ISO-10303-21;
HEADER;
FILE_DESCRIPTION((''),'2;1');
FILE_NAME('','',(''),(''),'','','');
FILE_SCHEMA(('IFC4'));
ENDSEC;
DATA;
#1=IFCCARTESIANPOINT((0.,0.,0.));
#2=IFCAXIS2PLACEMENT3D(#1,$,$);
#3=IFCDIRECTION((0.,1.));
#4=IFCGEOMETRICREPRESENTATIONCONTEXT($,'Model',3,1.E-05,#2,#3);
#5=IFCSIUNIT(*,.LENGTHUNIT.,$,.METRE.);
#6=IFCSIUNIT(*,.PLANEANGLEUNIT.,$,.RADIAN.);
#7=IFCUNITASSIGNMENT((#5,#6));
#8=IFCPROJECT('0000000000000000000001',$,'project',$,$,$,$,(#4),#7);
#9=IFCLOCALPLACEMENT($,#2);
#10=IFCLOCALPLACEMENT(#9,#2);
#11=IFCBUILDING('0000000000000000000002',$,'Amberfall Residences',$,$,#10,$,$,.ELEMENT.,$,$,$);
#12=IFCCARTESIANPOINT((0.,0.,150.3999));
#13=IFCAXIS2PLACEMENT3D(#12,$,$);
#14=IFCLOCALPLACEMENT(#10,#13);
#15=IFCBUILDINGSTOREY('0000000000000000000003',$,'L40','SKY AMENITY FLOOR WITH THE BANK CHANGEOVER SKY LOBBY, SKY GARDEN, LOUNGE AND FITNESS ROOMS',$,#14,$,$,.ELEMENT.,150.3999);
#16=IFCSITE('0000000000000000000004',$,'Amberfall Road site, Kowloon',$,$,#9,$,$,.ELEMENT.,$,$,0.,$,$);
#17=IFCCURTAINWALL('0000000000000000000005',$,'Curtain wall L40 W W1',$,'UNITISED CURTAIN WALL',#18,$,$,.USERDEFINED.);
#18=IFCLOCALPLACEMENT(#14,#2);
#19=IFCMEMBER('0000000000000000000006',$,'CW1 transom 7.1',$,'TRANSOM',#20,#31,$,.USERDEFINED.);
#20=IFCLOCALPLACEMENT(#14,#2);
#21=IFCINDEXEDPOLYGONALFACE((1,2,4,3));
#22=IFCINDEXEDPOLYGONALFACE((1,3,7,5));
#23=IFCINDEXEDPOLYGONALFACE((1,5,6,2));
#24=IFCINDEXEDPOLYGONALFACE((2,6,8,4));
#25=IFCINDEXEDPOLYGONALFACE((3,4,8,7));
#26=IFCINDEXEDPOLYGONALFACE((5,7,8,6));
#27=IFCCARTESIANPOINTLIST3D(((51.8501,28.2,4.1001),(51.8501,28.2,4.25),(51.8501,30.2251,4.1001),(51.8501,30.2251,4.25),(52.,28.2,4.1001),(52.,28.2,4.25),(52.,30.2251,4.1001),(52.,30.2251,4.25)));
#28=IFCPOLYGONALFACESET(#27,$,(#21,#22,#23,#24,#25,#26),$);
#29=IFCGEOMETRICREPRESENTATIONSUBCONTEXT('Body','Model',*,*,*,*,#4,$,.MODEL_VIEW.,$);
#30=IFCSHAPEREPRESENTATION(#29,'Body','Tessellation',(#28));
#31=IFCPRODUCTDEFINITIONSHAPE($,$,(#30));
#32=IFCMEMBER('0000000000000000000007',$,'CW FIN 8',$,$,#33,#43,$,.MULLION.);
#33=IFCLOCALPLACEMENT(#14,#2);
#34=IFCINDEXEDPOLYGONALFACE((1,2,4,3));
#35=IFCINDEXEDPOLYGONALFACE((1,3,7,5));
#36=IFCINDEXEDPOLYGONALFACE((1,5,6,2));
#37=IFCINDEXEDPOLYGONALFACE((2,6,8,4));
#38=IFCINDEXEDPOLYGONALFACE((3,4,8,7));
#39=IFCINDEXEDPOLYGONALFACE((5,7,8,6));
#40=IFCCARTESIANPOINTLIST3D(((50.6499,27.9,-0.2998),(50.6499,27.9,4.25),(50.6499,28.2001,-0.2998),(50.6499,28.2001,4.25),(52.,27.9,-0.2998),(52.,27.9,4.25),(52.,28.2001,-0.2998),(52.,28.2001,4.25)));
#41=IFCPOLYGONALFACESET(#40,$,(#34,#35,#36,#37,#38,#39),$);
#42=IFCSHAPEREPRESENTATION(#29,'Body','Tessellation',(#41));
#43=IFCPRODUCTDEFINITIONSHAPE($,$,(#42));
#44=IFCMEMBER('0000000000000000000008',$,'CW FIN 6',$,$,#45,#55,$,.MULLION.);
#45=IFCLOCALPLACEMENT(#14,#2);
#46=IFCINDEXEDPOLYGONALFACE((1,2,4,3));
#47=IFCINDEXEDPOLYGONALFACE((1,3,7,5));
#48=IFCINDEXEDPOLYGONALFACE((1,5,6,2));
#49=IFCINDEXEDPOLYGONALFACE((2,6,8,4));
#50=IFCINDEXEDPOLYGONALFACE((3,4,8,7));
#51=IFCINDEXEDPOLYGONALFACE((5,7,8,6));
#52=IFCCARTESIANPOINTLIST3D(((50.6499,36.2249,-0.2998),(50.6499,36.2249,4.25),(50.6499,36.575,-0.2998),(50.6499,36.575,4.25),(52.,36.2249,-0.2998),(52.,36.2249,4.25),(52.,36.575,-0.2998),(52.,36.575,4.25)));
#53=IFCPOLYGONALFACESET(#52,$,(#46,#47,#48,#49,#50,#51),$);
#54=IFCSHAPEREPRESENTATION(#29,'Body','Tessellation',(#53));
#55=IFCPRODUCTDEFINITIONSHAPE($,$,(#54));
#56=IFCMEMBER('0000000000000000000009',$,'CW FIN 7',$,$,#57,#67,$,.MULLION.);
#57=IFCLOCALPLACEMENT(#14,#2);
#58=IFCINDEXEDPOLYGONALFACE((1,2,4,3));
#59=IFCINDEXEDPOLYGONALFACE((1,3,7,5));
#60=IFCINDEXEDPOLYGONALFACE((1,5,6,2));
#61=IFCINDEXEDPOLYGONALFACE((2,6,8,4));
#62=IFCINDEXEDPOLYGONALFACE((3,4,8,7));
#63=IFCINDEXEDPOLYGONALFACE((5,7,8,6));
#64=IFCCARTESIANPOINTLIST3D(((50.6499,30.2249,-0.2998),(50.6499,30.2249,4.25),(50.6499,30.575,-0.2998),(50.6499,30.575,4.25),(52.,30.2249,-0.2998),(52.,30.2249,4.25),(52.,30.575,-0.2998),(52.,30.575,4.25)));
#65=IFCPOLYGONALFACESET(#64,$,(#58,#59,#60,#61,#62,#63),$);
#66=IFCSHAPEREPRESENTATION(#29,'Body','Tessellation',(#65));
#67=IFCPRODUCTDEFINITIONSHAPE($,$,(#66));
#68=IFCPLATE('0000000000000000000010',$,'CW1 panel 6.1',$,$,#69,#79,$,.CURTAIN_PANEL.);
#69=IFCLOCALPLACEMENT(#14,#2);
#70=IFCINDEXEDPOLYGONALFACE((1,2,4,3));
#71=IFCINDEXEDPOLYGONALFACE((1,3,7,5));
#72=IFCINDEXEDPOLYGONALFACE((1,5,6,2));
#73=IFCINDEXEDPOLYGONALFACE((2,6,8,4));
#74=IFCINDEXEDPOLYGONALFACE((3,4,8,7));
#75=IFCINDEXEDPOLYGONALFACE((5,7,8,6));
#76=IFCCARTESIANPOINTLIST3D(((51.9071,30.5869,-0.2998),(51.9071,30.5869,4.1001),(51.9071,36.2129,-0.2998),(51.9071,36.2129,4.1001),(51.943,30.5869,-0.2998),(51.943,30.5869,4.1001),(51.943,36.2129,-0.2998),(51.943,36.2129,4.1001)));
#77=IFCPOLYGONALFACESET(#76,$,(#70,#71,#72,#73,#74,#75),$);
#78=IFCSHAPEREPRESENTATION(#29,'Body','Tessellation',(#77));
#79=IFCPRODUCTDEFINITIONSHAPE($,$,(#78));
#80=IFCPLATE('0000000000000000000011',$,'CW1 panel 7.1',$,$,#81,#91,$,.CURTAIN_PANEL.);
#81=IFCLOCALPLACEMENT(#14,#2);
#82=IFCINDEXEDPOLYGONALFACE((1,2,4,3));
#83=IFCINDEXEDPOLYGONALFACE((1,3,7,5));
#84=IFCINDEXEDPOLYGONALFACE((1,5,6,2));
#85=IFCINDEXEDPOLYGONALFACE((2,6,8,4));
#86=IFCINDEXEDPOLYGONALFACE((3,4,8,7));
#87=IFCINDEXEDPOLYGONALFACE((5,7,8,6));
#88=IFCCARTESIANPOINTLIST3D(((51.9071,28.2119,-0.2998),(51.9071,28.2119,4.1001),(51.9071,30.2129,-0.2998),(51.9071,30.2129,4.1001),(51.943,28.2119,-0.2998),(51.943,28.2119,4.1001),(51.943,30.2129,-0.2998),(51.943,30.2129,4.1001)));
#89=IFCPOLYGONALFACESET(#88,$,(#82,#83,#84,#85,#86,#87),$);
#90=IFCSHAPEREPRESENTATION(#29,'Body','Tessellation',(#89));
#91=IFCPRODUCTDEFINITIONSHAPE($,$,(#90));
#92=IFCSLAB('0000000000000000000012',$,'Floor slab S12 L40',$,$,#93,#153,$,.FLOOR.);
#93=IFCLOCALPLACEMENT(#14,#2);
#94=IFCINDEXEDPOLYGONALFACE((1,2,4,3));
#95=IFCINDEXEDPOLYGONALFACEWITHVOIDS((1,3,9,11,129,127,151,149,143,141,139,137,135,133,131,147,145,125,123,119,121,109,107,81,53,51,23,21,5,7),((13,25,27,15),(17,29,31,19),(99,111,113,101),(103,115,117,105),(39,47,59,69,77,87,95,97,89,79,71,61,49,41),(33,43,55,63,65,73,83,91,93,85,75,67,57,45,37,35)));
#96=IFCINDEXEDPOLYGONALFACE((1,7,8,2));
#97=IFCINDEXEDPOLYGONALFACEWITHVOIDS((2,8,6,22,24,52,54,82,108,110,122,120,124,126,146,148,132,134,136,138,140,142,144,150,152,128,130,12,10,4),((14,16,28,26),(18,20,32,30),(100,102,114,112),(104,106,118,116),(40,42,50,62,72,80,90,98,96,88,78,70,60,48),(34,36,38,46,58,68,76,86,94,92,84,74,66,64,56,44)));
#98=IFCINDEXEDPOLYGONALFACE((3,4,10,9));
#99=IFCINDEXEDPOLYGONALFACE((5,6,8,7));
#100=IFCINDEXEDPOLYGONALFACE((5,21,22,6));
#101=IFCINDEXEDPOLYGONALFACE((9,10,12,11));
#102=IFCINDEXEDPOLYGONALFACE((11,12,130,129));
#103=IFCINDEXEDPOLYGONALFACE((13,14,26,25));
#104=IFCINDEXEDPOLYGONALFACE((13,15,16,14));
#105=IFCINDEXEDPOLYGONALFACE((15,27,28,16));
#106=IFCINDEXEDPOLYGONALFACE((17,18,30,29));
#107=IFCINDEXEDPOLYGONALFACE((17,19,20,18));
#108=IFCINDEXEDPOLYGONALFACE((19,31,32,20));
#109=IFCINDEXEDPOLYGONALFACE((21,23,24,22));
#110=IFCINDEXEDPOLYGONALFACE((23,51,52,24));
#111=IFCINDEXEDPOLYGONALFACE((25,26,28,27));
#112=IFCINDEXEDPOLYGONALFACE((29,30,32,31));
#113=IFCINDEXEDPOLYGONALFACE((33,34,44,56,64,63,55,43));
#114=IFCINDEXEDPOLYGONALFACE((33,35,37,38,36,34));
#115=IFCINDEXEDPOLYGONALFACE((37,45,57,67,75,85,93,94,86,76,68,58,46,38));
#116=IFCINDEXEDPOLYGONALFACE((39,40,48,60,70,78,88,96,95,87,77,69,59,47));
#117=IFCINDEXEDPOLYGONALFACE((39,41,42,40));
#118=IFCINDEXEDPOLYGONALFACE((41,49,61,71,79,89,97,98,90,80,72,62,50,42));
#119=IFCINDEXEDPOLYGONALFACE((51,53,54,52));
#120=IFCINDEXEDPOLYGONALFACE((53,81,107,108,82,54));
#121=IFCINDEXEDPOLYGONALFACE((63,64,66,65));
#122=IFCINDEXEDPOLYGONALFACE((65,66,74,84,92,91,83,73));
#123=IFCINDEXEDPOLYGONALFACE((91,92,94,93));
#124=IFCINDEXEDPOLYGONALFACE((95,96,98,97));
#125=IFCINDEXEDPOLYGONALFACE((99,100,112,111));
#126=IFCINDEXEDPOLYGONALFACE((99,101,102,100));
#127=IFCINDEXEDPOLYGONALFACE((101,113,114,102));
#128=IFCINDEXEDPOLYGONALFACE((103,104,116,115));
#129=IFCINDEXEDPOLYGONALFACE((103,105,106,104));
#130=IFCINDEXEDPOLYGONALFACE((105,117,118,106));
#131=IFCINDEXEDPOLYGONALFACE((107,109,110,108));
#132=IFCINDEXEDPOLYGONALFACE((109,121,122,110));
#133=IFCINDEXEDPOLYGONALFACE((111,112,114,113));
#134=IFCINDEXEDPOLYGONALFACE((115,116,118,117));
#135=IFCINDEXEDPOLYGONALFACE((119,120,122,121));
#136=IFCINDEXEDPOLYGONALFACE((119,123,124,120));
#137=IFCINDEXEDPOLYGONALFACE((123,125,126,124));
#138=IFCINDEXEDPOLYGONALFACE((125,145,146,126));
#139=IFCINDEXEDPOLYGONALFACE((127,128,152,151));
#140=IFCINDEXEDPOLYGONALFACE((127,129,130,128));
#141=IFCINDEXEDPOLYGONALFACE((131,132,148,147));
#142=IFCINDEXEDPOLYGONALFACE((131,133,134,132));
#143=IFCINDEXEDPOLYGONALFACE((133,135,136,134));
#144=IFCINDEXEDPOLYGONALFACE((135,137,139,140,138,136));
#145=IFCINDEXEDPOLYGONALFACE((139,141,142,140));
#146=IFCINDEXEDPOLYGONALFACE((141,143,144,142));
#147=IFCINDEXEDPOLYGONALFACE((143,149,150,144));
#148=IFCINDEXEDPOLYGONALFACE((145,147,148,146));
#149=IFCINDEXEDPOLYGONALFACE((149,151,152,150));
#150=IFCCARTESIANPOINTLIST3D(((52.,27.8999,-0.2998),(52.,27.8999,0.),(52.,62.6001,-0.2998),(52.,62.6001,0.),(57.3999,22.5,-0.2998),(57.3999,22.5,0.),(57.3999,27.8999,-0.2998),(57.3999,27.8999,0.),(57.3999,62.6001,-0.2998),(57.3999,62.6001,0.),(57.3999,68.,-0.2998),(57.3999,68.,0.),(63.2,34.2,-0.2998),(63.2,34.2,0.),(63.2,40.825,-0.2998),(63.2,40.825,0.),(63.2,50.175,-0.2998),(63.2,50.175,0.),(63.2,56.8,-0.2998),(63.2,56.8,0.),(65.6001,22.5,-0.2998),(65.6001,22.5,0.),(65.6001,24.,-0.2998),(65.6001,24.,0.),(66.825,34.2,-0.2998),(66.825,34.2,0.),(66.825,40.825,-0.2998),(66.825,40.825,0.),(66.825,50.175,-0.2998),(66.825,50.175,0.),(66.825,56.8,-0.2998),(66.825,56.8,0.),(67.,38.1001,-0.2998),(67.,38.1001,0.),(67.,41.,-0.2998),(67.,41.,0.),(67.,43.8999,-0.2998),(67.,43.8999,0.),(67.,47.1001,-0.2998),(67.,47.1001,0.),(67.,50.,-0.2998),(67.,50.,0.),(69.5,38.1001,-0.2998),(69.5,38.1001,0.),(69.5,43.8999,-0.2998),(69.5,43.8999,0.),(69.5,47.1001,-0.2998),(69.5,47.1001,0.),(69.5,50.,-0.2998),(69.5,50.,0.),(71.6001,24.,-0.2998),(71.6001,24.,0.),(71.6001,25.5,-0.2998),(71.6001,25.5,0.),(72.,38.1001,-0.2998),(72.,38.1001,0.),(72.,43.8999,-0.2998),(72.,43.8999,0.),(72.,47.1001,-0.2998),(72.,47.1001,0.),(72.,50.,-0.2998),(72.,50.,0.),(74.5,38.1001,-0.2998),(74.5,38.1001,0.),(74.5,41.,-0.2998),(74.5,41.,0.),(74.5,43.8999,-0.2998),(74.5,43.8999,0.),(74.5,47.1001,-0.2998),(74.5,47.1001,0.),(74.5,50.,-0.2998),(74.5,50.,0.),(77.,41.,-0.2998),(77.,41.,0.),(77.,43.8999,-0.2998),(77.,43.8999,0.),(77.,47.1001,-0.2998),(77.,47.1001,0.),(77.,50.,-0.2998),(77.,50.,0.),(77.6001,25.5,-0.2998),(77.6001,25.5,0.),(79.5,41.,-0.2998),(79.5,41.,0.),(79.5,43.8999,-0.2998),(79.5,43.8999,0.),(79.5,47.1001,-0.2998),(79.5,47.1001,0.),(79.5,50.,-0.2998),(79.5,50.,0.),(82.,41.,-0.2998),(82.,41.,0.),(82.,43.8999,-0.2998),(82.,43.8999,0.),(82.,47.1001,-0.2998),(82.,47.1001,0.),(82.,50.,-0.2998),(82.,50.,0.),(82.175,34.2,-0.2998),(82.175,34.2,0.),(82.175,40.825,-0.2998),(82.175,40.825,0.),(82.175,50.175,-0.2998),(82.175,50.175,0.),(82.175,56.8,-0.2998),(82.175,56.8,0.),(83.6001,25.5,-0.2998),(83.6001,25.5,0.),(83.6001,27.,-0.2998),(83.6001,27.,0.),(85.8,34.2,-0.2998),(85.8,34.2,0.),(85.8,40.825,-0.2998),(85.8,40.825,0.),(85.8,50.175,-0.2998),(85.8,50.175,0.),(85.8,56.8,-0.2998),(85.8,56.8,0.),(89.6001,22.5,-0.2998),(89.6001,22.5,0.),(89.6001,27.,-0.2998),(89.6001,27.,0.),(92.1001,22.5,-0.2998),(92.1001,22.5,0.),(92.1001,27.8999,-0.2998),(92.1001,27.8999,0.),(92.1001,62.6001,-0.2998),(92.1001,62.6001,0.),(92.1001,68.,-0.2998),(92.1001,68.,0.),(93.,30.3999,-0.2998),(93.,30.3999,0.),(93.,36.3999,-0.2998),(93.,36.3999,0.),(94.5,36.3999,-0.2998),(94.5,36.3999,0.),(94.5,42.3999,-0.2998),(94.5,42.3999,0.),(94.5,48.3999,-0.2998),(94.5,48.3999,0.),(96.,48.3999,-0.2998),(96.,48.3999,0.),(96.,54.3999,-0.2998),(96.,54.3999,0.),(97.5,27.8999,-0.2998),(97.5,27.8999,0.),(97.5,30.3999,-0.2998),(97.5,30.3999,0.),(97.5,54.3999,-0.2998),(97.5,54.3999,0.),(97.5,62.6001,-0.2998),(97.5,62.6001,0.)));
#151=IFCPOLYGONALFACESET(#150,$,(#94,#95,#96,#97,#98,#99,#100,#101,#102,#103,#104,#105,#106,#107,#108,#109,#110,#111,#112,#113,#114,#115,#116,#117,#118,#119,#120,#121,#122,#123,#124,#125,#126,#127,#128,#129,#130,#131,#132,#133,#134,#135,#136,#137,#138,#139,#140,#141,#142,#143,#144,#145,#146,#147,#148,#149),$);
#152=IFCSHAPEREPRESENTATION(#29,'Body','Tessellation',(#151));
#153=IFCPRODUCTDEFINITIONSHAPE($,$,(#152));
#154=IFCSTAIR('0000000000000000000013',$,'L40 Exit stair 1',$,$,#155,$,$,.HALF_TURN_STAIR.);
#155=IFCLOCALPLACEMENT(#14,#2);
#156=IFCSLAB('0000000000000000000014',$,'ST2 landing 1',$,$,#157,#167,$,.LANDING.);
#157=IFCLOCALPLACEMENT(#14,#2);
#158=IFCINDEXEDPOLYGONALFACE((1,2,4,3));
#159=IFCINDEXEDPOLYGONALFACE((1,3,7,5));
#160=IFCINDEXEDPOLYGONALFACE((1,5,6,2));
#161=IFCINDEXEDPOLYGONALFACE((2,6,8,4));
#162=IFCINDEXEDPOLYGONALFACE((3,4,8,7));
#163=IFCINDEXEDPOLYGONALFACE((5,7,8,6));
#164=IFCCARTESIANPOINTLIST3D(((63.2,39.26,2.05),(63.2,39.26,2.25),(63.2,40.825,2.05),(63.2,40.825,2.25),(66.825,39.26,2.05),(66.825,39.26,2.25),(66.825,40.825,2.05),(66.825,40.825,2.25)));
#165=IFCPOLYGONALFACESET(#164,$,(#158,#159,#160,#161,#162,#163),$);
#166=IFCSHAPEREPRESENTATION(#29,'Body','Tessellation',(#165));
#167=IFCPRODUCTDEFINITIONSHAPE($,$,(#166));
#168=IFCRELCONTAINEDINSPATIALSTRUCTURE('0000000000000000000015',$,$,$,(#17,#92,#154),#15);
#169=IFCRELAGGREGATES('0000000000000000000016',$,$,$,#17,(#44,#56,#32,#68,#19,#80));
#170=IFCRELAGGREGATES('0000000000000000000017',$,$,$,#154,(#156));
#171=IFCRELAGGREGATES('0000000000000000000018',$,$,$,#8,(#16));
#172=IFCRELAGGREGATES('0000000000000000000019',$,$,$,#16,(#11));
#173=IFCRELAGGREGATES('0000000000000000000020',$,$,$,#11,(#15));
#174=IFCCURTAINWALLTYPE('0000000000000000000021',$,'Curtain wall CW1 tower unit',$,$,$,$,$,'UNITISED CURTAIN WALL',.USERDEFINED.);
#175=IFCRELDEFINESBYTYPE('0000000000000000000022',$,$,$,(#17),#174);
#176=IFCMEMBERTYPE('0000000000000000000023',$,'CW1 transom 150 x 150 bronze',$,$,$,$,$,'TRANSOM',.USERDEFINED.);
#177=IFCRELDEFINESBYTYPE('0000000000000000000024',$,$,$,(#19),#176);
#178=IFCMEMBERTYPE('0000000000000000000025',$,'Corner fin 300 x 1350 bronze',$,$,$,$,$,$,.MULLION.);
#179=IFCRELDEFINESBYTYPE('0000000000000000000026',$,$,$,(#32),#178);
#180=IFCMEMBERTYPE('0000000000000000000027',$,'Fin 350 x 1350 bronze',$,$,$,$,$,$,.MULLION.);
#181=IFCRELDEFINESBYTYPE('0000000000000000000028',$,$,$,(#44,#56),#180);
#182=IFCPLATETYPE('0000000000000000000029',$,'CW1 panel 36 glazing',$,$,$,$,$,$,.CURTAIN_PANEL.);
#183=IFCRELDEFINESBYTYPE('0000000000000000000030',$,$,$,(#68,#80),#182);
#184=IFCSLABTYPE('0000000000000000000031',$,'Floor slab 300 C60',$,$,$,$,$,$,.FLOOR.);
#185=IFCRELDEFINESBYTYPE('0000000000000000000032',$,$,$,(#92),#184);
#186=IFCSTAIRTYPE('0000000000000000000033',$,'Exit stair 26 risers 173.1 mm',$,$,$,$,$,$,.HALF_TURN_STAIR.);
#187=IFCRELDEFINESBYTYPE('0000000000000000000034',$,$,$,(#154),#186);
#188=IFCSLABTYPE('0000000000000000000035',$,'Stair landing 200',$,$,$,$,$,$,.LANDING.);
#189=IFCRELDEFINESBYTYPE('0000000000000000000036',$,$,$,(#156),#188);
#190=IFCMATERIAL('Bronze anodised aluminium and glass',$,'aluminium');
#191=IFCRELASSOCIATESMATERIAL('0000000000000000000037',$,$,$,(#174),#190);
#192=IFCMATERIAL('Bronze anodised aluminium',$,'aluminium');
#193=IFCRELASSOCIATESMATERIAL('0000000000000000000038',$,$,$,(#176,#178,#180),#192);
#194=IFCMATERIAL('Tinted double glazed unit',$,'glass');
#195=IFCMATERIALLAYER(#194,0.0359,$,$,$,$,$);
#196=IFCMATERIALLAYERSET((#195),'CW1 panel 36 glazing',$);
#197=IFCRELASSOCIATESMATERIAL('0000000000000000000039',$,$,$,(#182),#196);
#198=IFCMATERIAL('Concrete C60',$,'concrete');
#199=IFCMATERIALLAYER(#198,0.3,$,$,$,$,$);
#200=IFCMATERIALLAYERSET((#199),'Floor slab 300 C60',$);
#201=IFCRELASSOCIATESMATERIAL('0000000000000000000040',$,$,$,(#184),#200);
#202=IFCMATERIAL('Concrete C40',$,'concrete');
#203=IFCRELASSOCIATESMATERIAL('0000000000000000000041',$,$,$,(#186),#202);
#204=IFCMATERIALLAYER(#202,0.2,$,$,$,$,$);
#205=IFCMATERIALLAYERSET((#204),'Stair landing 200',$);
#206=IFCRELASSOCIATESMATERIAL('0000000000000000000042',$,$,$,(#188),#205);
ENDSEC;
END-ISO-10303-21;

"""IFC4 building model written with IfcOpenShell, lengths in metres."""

from ifc_helpers import new_model, si_unit, direction, frame, origin, origin_2d, place, context, subcontext, project, spatial, polyline, rectangle, outline, extrude, material, layer, layer_set, material_profile, profile_set, type_object, element, aggregate, save


model = new_model("IFC4")

# Units and contexts
model_context = context("Model", 3, precision=1e-05, world=origin(), true_north=direction((0.0, 1.0)))
body_context = subcontext(model_context, "Body", "Model", "MODEL_VIEW")
ifc_project = project(units=[si_unit("LENGTHUNIT", "METRE"), si_unit("PLANEANGLEUNIT", "RADIAN")], contexts=[model_context])

# Site, building, storey
site_placement = place(None, origin())
site = spatial("IfcSite", under=ifc_project, at=site_placement, Name="Amberfall Road site, Kowloon", CompositionType="ELEMENT", RefElevation=0.0)
building_placement = place(site_placement, origin())
building = spatial("IfcBuilding", under=site, at=building_placement, Name="Amberfall Residences", CompositionType="ELEMENT")
storey_placement = place(building_placement, frame((0.0, 0.0, 150.3999)))
storey = spatial("IfcBuildingStorey", under=building, at=storey_placement, Name="L40", Description="SKY AMENITY FLOOR WITH THE BANK CHANGEOVER SKY LOBBY, SKY GARDEN, LOUNGE AND FITNESS ROOMS", CompositionType="ELEMENT", Elevation=150.3999)

# Curtain wall, members, plates
ifc_material_1 = material(Name="Bronze anodised aluminium and glass", Category="aluminium")
curtain_wall_type = type_object("IfcCurtainWallType", Name="Curtain wall CW1 tower unit", ElementType="UNITISED CURTAIN WALL", PredefinedType="USERDEFINED", material=ifc_material_1)
curtain_wall_placement = place(storey_placement, origin())
curtain_wall = element("IfcCurtainWall", 1, at=curtain_wall_placement, inside=storey, type_object=curtain_wall_type, Name="Curtain wall L40 W W1", ObjectType="UNITISED CURTAIN WALL", PredefinedType="USERDEFINED")
ifc_material_2 = material(Name="Bronze anodised aluminium", Category="aluminium")
ifc_material_profile_1 = material_profile(ifc_material_2, rectangle(XDim=0.1499, YDim=0.1499, at=origin_2d()), Name="CW1 transom 150 x 150 bronze")
ifc_profile_set_1 = profile_set([ifc_material_profile_1], Name="Bronze anodised aluminium")
member_type_1 = type_object("IfcMemberType", Name="CW1 transom 150 x 150 bronze", ElementType="TRANSOM", PredefinedType="USERDEFINED", material=ifc_profile_set_1)
member_1_placement = place(storey_placement, frame((51.925, 30.2251, 4.175), z_axis=(0.0, -1.0, 0.0), x_axis=(1.0, 0.0, 0.0)))
member_1 = element("IfcMember", 2, at=member_1_placement, type_object=member_type_1, Name="CW1 transom 7.1", ObjectType="TRANSOM", PredefinedType="USERDEFINED", context=body_context, shape_type="SweptSolid", body=[
    extrude(rectangle(XDim=0.1499, YDim=0.1499, at=origin_2d()), origin(), (0.0, 0.0, 1.0), 2.0251),
])
ifc_material_profile_2 = material_profile(ifc_material_2, rectangle(XDim=1.3501, YDim=0.3, at=origin_2d()), Name="Corner fin 300 x 1350 bronze")
ifc_profile_set_2 = profile_set([ifc_material_profile_2], Name="Bronze anodised aluminium")
member_type_2 = type_object("IfcMemberType", Name="Corner fin 300 x 1350 bronze", PredefinedType="MULLION", material=ifc_profile_set_2)
member_2_placement = place(storey_placement, frame((51.325, 28.05, -0.2998), z_axis=(0.0, 0.0, 1.0), x_axis=(1.0, 0.0, 0.0)))
member_2 = element("IfcMember", 3, at=member_2_placement, type_object=member_type_2, Name="CW FIN 8", PredefinedType="MULLION", context=body_context, shape_type="SweptSolid", body=[
    extrude(rectangle(XDim=1.3501, YDim=0.3, at=origin_2d()), origin(), (0.0, 0.0, 1.0), 4.5498),
])
ifc_material_profile_3 = material_profile(ifc_material_2, rectangle(XDim=1.3501, YDim=0.3501, at=origin_2d()), Name="Fin 350 x 1350 bronze")
ifc_profile_set_3 = profile_set([ifc_material_profile_3], Name="Bronze anodised aluminium")
member_type_3 = type_object("IfcMemberType", Name="Fin 350 x 1350 bronze", PredefinedType="MULLION", material=ifc_profile_set_3)
member_3_placement = place(storey_placement, frame((51.325, 36.3999, -0.2998), z_axis=(0.0, 0.0, 1.0), x_axis=(1.0, 0.0, 0.0)))
member_3 = element("IfcMember", 4, at=member_3_placement, type_object=member_type_3, Name="CW FIN 6", PredefinedType="MULLION", context=body_context, shape_type="SweptSolid", body=[
    extrude(rectangle(XDim=1.3501, YDim=0.3501, at=origin_2d()), origin(), (0.0, 0.0, 1.0), 4.5498),
])
member_4_placement = place(storey_placement, frame((51.325, 30.3999, -0.2998), z_axis=(0.0, 0.0, 1.0), x_axis=(1.0, 0.0, 0.0)))
member_4 = element("IfcMember", 5, at=member_4_placement, type_object=member_type_3, Name="CW FIN 7", PredefinedType="MULLION", context=body_context, shape_type="SweptSolid", body=[
    extrude(rectangle(XDim=1.3501, YDim=0.3501, at=origin_2d()), origin(), (0.0, 0.0, 1.0), 4.5498),
])
ifc_material_3 = material(Name="Tinted double glazed unit", Category="glass")
ifc_layer_1 = layer(ifc_material_3, 0.0359)
ifc_layer_set_1 = layer_set([ifc_layer_1], Name="CW1 panel 36 glazing")
plate_type = type_object("IfcPlateType", Name="CW1 panel 36 glazing", PredefinedType="CURTAIN_PANEL", material=ifc_layer_set_1)
plate_1_placement = place(storey_placement, frame((51.925, 33.3999, -0.2998), z_axis=(0.0, 0.0, 1.0), x_axis=(0.0, -1.0, 0.0)))
plate_1 = element("IfcPlate", 6, at=plate_1_placement, type_object=plate_type, Name="CW1 panel 6.1", PredefinedType="CURTAIN_PANEL", context=body_context, shape_type="SweptSolid", body=[
    extrude(rectangle(XDim=5.626, YDim=0.0359, at=origin_2d()), origin(), (0.0, 0.0, 1.0), 4.3999),
])
plate_2_placement = place(storey_placement, frame((51.925, 29.2124, -0.2998), z_axis=(0.0, 0.0, 1.0), x_axis=(0.0, -1.0, 0.0)))
plate_2 = element("IfcPlate", 7, at=plate_2_placement, type_object=plate_type, Name="CW1 panel 7.1", PredefinedType="CURTAIN_PANEL", context=body_context, shape_type="SweptSolid", body=[
    extrude(rectangle(XDim=2.001, YDim=0.0359, at=origin_2d()), origin(), (0.0, 0.0, 1.0), 4.3999),
])
aggregate(curtain_wall, [member_3, member_4, member_2, plate_1, member_1, plate_2])

# Slab
ifc_material_4 = material(Name="Concrete C60", Category="concrete")
ifc_layer_2 = layer(ifc_material_4, 0.3)
ifc_layer_set_2 = layer_set([ifc_layer_2], Name="Floor slab 300 C60")
slab_type_1 = type_object("IfcSlabType", Name="Floor slab 300 C60", PredefinedType="FLOOR", material=ifc_layer_set_2)
slab_1_placement = place(storey_placement, frame((0.0, 0.0, -0.2998)))
element("IfcSlab", 8, at=slab_1_placement, inside=storey, type_object=slab_type_1, Name="Floor slab S12 L40", PredefinedType="FLOOR", context=body_context, shape_type="SweptSolid", body=[
    extrude(outline(polyline([(89.6001, 22.5), (89.6001, 27.0), (83.6001, 27.0), (83.6001, 25.5), (77.6001, 25.5), (71.6001, 25.5), (71.6001, 24.0), (65.6001, 24.0), (65.6001, 22.5), (57.3999, 22.5), (57.3999, 27.8999), (52.0, 27.8999), (52.0, 62.6001), (57.3999, 62.6001), (57.3999, 68.0), (92.1001, 68.0), (92.1001, 62.6001), (97.5, 62.6001), (97.5, 54.3999), (96.0, 54.3999), (96.0, 48.3999), (94.5, 48.3999), (94.5, 42.3999), (94.5, 36.3999), (93.0, 36.3999), (93.0, 30.3999), (97.5, 30.3999), (97.5, 27.8999), (92.1001, 27.8999), (92.1001, 22.5), (89.6001, 22.5)]), holes=[polyline([(85.8, 34.2), (85.8, 40.825), (82.175, 40.825), (82.175, 34.2), (85.8, 34.2)]), polyline([(82.175, 50.175), (85.8, 50.175), (85.8, 56.8), (82.175, 56.8), (82.175, 50.175)]), polyline([(69.5, 50.0), (67.0, 50.0), (67.0, 47.1001), (69.5, 47.1001), (72.0, 47.1001), (74.5, 47.1001), (77.0, 47.1001), (79.5, 47.1001), (82.0, 47.1001), (82.0, 50.0), (79.5, 50.0), (77.0, 50.0), (74.5, 50.0), (72.0, 50.0), (69.5, 50.0)]), polyline([(74.5, 41.0), (77.0, 41.0), (79.5, 41.0), (82.0, 41.0), (82.0, 43.8999), (79.5, 43.8999), (77.0, 43.8999), (74.5, 43.8999), (72.0, 43.8999), (69.5, 43.8999), (67.0, 43.8999), (67.0, 41.0), (67.0, 38.1001), (69.5, 38.1001), (72.0, 38.1001), (74.5, 38.1001), (74.5, 41.0)]), polyline([(66.825, 34.2), (66.825, 40.825), (63.2, 40.825), (63.2, 34.2), (66.825, 34.2)]), polyline([(66.825, 50.175), (66.825, 56.8), (63.2, 56.8), (63.2, 50.175), (66.825, 50.175)])]), origin(), (0.0, 0.0, 1.0), 0.2998),
])

# Stair, slab
ifc_material_5 = material(Name="Concrete C40", Category="concrete")
stair_type = type_object("IfcStairType", Name="Exit stair 26 risers 173.1 mm", PredefinedType="HALF_TURN_STAIR", material=ifc_material_5)
stair_1_placement = place(storey_placement, origin())
stair_1 = element("IfcStair", 9, at=stair_1_placement, inside=storey, type_object=stair_type, Name="L40 Exit stair 1", PredefinedType="HALF_TURN_STAIR")
ifc_layer_3 = layer(ifc_material_5, 0.2)
ifc_layer_set_3 = layer_set([ifc_layer_3], Name="Stair landing 200")
slab_type_2 = type_object("IfcSlabType", Name="Stair landing 200", PredefinedType="LANDING", material=ifc_layer_set_3)
slab_2_placement = place(storey_placement, frame((0.0, 0.0, 2.05)))
slab_2 = element("IfcSlab", 10, at=slab_2_placement, type_object=slab_type_2, Name="ST2 landing 1", PredefinedType="LANDING", context=body_context, shape_type="SweptSolid", body=[
    extrude(outline(polyline([(66.825, 39.26), (66.825, 40.825), (63.2, 40.825), (63.2, 39.26), (66.825, 39.26)])), origin(), (0.0, 0.0, 1.0), 0.2),
])
aggregate(stair_1, [slab_2])

save(model, "model.ifc")
